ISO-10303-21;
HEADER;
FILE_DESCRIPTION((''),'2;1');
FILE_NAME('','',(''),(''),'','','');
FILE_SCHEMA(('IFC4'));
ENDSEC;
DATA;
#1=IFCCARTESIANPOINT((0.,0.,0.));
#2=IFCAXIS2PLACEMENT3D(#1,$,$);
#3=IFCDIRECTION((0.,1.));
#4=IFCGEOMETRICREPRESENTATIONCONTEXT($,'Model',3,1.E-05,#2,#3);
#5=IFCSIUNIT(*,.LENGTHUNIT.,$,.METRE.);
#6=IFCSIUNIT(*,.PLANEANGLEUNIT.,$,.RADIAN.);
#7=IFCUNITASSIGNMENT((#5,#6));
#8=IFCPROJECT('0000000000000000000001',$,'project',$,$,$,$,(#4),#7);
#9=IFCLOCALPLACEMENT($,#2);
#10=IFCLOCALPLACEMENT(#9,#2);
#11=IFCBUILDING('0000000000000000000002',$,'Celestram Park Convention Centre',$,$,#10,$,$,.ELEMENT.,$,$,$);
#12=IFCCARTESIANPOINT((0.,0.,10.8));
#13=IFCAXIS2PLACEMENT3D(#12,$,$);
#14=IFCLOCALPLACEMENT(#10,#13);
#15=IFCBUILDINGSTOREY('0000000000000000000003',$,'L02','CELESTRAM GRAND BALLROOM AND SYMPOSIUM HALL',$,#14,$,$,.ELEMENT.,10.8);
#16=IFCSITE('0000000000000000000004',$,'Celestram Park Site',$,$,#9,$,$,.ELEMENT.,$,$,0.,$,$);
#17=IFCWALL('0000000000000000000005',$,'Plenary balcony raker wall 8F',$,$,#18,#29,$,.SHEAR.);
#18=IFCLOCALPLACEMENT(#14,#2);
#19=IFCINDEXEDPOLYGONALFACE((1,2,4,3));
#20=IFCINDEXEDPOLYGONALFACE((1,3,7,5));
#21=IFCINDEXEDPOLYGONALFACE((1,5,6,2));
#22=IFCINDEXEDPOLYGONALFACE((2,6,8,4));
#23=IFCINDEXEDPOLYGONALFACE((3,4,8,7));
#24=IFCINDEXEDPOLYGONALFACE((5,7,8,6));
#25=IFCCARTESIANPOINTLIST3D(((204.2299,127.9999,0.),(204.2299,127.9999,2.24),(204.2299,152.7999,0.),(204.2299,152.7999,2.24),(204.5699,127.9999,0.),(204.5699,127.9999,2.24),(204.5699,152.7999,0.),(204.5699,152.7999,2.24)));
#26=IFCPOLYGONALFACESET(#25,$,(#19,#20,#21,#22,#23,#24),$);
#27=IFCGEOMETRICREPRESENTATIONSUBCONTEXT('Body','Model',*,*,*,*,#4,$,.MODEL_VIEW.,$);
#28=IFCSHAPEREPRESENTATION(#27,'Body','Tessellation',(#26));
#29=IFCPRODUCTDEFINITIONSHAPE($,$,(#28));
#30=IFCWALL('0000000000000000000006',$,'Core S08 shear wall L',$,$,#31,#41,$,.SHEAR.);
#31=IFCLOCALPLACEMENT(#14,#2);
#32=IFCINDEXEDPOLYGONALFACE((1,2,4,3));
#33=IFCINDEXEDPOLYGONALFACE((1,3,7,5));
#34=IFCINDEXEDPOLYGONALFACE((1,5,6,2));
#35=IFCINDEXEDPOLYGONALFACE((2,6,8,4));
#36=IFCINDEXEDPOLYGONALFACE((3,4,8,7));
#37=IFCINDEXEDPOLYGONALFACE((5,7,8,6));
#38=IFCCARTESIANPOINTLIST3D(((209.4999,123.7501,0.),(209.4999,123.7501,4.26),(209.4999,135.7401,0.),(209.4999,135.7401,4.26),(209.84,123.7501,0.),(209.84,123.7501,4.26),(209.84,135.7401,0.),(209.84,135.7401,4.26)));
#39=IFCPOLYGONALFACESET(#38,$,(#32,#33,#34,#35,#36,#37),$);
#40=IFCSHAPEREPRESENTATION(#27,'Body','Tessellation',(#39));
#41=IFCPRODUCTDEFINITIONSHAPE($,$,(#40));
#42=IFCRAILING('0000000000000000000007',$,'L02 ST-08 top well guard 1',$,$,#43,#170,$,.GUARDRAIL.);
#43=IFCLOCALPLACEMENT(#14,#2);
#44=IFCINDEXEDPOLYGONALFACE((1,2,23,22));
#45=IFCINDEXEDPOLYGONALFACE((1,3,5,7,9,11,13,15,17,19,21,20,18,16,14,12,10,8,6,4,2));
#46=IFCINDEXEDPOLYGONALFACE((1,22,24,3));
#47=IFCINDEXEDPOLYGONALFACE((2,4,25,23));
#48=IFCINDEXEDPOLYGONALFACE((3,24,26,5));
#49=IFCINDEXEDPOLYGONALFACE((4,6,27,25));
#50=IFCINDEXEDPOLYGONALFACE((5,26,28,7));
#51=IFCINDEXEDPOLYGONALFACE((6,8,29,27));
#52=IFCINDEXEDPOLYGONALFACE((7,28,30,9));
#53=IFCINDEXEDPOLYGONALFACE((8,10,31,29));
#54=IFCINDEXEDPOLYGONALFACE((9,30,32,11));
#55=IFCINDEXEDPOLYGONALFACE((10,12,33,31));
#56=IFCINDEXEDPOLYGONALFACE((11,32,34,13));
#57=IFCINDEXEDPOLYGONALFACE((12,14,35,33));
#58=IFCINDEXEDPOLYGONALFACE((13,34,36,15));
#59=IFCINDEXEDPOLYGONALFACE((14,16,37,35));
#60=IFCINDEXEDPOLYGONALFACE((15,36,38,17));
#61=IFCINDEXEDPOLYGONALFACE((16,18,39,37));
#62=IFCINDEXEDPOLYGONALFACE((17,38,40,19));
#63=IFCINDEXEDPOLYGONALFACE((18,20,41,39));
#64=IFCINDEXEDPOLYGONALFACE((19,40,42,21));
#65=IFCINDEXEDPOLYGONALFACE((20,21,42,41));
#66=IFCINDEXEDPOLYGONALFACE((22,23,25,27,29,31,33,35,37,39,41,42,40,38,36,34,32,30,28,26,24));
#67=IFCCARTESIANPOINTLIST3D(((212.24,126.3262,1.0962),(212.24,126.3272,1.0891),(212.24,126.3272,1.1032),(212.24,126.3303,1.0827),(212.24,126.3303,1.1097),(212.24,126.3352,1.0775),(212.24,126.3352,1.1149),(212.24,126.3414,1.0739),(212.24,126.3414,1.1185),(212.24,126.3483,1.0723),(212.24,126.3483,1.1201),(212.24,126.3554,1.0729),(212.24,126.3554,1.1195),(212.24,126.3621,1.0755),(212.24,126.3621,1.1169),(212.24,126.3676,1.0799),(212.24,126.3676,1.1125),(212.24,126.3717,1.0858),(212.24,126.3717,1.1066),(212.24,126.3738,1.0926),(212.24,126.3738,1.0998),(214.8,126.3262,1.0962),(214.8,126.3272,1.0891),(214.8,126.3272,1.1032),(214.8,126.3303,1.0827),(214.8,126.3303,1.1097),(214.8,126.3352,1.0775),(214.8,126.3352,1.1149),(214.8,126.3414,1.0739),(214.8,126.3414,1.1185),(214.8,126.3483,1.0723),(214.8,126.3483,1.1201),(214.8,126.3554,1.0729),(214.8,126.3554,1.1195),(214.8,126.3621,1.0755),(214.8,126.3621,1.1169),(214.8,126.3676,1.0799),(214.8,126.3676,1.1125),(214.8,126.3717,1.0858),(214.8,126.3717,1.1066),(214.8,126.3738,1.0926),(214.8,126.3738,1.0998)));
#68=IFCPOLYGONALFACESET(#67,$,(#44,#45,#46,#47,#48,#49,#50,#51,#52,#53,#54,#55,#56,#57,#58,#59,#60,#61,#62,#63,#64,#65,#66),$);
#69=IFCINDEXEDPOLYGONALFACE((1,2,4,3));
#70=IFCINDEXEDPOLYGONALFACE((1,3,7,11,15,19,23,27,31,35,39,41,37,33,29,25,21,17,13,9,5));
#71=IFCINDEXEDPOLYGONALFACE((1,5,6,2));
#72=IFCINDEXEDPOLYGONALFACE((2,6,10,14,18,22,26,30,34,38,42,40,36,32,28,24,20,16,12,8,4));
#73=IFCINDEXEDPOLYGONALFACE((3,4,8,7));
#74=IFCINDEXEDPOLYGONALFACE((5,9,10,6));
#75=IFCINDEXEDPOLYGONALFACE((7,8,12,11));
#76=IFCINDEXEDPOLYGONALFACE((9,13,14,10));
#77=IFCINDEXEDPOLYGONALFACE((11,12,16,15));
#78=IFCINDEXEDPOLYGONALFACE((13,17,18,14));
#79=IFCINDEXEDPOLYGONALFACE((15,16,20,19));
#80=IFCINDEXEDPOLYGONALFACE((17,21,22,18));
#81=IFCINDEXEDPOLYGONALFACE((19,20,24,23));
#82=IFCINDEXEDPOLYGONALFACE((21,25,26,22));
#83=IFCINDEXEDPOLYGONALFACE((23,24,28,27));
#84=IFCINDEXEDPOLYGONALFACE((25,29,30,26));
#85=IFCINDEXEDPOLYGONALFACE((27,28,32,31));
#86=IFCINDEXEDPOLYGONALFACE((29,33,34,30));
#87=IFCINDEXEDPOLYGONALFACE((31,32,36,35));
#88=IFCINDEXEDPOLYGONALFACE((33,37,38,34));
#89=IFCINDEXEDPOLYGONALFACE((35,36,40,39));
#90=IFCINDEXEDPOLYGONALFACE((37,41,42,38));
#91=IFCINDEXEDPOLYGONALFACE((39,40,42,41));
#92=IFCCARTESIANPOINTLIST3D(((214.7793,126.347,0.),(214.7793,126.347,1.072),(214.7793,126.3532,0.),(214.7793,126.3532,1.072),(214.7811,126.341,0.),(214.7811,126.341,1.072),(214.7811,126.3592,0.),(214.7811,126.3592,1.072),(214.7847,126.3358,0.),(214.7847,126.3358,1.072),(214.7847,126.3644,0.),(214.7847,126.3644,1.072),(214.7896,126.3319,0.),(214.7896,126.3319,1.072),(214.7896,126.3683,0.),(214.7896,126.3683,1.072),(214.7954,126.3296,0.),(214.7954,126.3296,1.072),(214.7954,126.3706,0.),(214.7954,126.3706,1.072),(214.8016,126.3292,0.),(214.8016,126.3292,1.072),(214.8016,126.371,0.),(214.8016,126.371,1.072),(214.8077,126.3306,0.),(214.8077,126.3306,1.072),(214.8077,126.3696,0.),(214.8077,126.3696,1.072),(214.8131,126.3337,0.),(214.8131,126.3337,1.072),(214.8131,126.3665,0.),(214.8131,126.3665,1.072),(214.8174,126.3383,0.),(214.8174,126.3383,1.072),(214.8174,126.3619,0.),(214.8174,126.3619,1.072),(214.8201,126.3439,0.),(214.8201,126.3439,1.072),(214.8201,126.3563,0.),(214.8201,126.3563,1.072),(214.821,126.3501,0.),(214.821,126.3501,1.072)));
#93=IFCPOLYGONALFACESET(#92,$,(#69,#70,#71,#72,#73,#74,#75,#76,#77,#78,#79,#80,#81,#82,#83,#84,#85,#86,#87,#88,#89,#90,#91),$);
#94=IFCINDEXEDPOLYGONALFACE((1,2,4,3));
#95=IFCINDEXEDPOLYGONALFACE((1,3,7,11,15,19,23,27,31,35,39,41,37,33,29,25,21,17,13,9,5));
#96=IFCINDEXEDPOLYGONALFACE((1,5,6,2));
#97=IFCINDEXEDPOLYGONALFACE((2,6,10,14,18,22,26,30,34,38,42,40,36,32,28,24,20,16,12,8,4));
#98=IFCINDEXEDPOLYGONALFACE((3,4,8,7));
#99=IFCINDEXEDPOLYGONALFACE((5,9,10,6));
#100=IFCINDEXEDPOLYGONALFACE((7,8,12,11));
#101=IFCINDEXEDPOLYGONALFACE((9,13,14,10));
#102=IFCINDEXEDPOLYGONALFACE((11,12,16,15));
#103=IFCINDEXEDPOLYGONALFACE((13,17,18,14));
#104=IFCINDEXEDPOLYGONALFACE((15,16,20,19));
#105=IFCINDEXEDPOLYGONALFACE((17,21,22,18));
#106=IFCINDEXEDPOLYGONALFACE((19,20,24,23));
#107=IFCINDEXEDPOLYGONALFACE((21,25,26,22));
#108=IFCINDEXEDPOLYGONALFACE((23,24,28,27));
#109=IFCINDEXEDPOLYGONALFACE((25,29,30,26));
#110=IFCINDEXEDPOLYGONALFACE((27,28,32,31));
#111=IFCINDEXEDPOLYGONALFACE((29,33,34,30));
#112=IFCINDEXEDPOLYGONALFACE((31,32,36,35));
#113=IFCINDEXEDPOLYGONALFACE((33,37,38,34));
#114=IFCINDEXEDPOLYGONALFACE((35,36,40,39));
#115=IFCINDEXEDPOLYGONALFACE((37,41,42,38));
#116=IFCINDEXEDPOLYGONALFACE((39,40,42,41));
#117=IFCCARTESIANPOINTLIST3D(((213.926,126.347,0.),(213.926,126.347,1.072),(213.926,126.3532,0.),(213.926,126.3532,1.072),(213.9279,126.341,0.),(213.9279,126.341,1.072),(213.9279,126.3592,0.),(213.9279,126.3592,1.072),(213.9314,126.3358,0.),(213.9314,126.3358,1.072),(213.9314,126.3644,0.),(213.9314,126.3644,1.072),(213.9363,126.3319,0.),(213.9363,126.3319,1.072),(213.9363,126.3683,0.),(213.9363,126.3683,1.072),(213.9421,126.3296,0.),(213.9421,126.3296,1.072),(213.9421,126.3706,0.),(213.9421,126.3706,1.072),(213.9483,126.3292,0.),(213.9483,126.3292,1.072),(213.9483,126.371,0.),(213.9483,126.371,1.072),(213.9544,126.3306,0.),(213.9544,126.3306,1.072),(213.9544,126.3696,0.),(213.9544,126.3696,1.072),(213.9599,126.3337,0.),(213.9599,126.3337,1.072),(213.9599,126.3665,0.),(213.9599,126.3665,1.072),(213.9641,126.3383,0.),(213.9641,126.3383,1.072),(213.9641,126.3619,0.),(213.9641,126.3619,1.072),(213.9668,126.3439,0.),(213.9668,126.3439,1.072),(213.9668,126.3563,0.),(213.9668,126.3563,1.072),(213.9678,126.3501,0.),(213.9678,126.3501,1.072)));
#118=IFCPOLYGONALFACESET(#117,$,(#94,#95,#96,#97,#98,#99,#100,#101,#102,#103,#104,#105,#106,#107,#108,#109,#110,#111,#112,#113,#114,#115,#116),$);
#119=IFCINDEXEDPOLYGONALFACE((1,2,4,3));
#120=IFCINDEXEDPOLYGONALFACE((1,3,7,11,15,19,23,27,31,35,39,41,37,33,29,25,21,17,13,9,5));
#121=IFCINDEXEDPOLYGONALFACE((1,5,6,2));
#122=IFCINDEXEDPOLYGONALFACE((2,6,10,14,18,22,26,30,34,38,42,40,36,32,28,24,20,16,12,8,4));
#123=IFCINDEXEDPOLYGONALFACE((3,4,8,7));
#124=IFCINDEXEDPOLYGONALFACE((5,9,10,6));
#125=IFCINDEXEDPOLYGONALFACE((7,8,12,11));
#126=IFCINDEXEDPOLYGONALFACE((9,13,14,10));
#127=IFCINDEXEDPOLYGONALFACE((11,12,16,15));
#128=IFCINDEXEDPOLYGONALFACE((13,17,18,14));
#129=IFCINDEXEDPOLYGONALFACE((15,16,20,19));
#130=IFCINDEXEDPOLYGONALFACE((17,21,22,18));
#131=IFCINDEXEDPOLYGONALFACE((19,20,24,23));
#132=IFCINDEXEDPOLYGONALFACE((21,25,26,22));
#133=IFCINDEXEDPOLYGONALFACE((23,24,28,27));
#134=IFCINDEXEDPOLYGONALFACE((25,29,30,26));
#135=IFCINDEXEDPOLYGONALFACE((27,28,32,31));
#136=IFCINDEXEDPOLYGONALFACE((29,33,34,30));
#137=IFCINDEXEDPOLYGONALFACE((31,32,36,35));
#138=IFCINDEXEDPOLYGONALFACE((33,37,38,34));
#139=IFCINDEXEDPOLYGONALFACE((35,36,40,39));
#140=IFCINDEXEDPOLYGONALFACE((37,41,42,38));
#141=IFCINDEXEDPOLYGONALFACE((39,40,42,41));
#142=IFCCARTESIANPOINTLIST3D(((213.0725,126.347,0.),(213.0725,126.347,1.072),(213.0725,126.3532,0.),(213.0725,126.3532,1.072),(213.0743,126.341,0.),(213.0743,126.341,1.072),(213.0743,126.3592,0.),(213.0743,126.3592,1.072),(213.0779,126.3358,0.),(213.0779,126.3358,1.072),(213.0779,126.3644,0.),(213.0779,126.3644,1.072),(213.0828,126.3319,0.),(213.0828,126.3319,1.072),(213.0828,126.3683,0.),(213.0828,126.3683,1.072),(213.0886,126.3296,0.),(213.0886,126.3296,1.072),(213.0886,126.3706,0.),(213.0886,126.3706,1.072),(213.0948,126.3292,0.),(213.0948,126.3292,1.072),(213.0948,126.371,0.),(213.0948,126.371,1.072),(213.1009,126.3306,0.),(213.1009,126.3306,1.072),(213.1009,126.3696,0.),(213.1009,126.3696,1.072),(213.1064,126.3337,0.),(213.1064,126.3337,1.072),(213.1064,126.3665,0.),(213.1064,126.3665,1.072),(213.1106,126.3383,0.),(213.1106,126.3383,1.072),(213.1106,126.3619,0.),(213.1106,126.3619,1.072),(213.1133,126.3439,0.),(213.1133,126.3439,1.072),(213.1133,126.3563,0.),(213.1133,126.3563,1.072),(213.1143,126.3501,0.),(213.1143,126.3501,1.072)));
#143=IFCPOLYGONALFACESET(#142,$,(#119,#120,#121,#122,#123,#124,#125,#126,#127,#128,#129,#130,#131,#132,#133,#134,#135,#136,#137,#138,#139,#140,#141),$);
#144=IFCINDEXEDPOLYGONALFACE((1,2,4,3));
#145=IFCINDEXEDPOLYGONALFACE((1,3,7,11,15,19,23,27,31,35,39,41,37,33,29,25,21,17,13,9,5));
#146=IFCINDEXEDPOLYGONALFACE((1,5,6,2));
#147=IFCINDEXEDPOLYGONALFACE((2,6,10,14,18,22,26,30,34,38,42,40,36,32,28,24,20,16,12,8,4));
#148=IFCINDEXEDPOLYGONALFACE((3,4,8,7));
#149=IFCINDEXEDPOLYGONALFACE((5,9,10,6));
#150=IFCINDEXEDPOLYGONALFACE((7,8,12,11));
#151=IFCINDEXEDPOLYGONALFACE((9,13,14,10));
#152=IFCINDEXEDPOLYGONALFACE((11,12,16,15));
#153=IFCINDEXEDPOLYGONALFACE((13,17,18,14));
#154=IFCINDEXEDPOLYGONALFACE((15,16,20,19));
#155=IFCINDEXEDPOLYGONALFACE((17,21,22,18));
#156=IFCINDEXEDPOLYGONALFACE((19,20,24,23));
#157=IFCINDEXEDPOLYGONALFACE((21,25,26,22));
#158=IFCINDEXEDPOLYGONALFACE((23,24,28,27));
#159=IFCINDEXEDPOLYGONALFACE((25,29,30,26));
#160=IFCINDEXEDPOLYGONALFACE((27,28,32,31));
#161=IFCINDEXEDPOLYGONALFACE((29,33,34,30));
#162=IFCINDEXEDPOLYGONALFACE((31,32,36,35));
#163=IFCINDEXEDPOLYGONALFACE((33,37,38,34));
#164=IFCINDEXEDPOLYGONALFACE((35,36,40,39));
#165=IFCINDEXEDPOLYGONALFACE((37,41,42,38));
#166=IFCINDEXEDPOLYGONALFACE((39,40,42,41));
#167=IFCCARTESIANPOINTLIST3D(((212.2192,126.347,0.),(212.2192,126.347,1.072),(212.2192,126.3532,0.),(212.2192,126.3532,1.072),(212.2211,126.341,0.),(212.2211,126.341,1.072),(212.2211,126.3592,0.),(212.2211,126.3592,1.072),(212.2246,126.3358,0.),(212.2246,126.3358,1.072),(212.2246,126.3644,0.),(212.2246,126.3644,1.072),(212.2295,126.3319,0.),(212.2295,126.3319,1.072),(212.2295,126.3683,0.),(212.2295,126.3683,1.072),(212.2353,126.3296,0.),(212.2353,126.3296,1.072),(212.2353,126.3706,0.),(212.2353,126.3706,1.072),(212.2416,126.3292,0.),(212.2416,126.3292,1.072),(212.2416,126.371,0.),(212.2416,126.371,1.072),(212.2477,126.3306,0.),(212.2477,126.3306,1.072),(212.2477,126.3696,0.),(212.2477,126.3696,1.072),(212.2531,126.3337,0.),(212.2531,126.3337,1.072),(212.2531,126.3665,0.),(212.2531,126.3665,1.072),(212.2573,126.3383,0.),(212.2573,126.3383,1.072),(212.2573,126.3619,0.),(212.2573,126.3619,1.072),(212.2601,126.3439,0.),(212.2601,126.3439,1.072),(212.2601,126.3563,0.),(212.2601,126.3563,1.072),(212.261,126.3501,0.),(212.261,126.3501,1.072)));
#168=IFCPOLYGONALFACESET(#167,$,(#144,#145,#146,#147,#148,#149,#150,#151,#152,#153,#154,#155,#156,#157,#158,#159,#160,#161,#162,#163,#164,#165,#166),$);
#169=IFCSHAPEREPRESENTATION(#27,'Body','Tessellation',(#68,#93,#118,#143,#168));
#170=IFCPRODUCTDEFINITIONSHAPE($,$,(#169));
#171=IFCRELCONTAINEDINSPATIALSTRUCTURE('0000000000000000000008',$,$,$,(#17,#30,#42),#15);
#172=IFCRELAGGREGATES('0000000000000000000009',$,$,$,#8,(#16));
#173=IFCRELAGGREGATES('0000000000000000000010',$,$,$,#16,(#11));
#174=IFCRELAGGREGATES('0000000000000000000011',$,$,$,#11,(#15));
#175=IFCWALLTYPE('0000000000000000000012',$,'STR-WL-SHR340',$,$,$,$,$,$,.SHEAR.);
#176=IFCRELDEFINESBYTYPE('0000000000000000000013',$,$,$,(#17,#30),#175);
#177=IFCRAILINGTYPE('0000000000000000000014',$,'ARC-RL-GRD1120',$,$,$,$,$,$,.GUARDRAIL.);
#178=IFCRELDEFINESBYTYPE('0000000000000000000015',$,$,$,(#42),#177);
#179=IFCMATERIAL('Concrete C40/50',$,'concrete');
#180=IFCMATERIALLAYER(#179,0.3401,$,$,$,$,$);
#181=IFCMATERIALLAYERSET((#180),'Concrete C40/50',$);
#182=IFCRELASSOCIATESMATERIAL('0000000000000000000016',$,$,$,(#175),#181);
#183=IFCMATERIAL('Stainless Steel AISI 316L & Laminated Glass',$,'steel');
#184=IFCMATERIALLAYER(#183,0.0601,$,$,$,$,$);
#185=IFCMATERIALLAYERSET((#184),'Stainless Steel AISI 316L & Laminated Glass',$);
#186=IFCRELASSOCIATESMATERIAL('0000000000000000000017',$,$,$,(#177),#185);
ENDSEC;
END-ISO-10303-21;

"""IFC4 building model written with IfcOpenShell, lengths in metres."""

from ifc_helpers import new_model, si_unit, direction, frame, frame_2d, origin, origin_2d, place, context, subcontext, project, spatial, rectangle, circle, extrude, material, layer, layer_set, type_object, element, save


model = new_model("IFC4")

# Units and contexts
model_context = context("Model", 3, precision=1e-05, world=origin(), true_north=direction((0.0, 1.0)))
body_context = subcontext(model_context, "Body", "Model", "MODEL_VIEW")
ifc_project = project(units=[si_unit("LENGTHUNIT", "METRE"), si_unit("PLANEANGLEUNIT", "RADIAN")], contexts=[model_context])

# Site, building, storey
site_placement = place(None, origin())
site = spatial("IfcSite", under=ifc_project, at=site_placement, Name="Celestram Park Site", CompositionType="ELEMENT", RefElevation=0.0)
building_placement = place(site_placement, origin())
building = spatial("IfcBuilding", under=site, at=building_placement, Name="Celestram Park Convention Centre", CompositionType="ELEMENT")
storey_placement = place(building_placement, frame((0.0, 0.0, 10.8)))
storey = spatial("IfcBuildingStorey", under=building, at=storey_placement, Name="L02", Description="CELESTRAM GRAND BALLROOM AND SYMPOSIUM HALL", CompositionType="ELEMENT", Elevation=10.8)

# Walls
ifc_material_1 = material(Name="Concrete C40/50", Category="concrete")
ifc_layer_1 = layer(ifc_material_1, 0.3401)
ifc_layer_set_1 = layer_set([ifc_layer_1], Name="Concrete C40/50")
wall_type_1 = type_object("IfcWallType", Name="STR-WL-SHR340", PredefinedType="SHEAR", material=ifc_layer_set_1)
wall_1_placement = place(storey_placement, frame((204.3999, 128.0, 0.0), z_axis=(0.0, 0.0, 1.0), x_axis=(0.0, 1.0, 0.0)))
element("IfcWall", 1, at=wall_1_placement, inside=storey, type_object=wall_type_1, Name="Plenary balcony raker wall 8F", PredefinedType="SHEAR", context=body_context, shape_type="SweptSolid", body=[
    extrude(rectangle(XDim=24.8, YDim=0.3401, at=frame_2d((12.3999, 0.0))), origin(), (0.0, 0.0, 1.0), 2.24),
])
wall_2_placement = place(storey_placement, frame((209.6699, 123.75, 0.0), z_axis=(0.0, 0.0, 1.0), x_axis=(0.0, 1.0, 0.0)))
element("IfcWall", 2, at=wall_2_placement, inside=storey, type_object=wall_type_1, Name="Core S08 shear wall L", PredefinedType="SHEAR", context=body_context, shape_type="SweptSolid", body=[
    extrude(rectangle(XDim=11.99, YDim=0.3401, at=frame_2d((5.9951, 0.0))), origin(), (0.0, 0.0, 1.0), 4.26),
])

# Railing
ifc_material_2 = material(Name="Stainless Steel AISI 316L & Laminated Glass", Category="steel")
ifc_layer_2 = layer(ifc_material_2, 0.0601)
ifc_layer_set_2 = layer_set([ifc_layer_2], Name="Stainless Steel AISI 316L & Laminated Glass")
railing_type = type_object("IfcRailingType", Name="ARC-RL-GRD1120", PredefinedType="GUARDRAIL", material=ifc_layer_set_2)
railing_placement = place(storey_placement, frame((214.8, 126.3501, 0.0)))
element("IfcRailing", 3, at=railing_placement, inside=storey, type_object=railing_type, Name="L02 ST-08 top well guard 1", PredefinedType="GUARDRAIL", context=body_context, shape_type="SweptSolid", body=[
    extrude(circle(Radius=0.0239, at=origin_2d()), frame((0.0, 0.0, 1.0962), z_axis=(-1.0, 0.0, 0.0), x_axis=(0.0, -1.0, 0.0)), (0.0, 0.0, 1.0), 2.5601),
    extrude(circle(Radius=0.021, at=origin_2d()), origin(), (0.0, 0.0, 1.0), 1.072),
    extrude(circle(Radius=0.021, at=origin_2d()), frame((-0.8533, 0.0, 0.0)), (0.0, 0.0, 1.0), 1.072),
    extrude(circle(Radius=0.021, at=origin_2d()), frame((-1.7068, 0.0, 0.0)), (0.0, 0.0, 1.0), 1.072),
    extrude(circle(Radius=0.021, at=origin_2d()), frame((-2.5601, 0.0, 0.0)), (0.0, 0.0, 1.0), 1.072),
])

save(model, "model.ifc")
